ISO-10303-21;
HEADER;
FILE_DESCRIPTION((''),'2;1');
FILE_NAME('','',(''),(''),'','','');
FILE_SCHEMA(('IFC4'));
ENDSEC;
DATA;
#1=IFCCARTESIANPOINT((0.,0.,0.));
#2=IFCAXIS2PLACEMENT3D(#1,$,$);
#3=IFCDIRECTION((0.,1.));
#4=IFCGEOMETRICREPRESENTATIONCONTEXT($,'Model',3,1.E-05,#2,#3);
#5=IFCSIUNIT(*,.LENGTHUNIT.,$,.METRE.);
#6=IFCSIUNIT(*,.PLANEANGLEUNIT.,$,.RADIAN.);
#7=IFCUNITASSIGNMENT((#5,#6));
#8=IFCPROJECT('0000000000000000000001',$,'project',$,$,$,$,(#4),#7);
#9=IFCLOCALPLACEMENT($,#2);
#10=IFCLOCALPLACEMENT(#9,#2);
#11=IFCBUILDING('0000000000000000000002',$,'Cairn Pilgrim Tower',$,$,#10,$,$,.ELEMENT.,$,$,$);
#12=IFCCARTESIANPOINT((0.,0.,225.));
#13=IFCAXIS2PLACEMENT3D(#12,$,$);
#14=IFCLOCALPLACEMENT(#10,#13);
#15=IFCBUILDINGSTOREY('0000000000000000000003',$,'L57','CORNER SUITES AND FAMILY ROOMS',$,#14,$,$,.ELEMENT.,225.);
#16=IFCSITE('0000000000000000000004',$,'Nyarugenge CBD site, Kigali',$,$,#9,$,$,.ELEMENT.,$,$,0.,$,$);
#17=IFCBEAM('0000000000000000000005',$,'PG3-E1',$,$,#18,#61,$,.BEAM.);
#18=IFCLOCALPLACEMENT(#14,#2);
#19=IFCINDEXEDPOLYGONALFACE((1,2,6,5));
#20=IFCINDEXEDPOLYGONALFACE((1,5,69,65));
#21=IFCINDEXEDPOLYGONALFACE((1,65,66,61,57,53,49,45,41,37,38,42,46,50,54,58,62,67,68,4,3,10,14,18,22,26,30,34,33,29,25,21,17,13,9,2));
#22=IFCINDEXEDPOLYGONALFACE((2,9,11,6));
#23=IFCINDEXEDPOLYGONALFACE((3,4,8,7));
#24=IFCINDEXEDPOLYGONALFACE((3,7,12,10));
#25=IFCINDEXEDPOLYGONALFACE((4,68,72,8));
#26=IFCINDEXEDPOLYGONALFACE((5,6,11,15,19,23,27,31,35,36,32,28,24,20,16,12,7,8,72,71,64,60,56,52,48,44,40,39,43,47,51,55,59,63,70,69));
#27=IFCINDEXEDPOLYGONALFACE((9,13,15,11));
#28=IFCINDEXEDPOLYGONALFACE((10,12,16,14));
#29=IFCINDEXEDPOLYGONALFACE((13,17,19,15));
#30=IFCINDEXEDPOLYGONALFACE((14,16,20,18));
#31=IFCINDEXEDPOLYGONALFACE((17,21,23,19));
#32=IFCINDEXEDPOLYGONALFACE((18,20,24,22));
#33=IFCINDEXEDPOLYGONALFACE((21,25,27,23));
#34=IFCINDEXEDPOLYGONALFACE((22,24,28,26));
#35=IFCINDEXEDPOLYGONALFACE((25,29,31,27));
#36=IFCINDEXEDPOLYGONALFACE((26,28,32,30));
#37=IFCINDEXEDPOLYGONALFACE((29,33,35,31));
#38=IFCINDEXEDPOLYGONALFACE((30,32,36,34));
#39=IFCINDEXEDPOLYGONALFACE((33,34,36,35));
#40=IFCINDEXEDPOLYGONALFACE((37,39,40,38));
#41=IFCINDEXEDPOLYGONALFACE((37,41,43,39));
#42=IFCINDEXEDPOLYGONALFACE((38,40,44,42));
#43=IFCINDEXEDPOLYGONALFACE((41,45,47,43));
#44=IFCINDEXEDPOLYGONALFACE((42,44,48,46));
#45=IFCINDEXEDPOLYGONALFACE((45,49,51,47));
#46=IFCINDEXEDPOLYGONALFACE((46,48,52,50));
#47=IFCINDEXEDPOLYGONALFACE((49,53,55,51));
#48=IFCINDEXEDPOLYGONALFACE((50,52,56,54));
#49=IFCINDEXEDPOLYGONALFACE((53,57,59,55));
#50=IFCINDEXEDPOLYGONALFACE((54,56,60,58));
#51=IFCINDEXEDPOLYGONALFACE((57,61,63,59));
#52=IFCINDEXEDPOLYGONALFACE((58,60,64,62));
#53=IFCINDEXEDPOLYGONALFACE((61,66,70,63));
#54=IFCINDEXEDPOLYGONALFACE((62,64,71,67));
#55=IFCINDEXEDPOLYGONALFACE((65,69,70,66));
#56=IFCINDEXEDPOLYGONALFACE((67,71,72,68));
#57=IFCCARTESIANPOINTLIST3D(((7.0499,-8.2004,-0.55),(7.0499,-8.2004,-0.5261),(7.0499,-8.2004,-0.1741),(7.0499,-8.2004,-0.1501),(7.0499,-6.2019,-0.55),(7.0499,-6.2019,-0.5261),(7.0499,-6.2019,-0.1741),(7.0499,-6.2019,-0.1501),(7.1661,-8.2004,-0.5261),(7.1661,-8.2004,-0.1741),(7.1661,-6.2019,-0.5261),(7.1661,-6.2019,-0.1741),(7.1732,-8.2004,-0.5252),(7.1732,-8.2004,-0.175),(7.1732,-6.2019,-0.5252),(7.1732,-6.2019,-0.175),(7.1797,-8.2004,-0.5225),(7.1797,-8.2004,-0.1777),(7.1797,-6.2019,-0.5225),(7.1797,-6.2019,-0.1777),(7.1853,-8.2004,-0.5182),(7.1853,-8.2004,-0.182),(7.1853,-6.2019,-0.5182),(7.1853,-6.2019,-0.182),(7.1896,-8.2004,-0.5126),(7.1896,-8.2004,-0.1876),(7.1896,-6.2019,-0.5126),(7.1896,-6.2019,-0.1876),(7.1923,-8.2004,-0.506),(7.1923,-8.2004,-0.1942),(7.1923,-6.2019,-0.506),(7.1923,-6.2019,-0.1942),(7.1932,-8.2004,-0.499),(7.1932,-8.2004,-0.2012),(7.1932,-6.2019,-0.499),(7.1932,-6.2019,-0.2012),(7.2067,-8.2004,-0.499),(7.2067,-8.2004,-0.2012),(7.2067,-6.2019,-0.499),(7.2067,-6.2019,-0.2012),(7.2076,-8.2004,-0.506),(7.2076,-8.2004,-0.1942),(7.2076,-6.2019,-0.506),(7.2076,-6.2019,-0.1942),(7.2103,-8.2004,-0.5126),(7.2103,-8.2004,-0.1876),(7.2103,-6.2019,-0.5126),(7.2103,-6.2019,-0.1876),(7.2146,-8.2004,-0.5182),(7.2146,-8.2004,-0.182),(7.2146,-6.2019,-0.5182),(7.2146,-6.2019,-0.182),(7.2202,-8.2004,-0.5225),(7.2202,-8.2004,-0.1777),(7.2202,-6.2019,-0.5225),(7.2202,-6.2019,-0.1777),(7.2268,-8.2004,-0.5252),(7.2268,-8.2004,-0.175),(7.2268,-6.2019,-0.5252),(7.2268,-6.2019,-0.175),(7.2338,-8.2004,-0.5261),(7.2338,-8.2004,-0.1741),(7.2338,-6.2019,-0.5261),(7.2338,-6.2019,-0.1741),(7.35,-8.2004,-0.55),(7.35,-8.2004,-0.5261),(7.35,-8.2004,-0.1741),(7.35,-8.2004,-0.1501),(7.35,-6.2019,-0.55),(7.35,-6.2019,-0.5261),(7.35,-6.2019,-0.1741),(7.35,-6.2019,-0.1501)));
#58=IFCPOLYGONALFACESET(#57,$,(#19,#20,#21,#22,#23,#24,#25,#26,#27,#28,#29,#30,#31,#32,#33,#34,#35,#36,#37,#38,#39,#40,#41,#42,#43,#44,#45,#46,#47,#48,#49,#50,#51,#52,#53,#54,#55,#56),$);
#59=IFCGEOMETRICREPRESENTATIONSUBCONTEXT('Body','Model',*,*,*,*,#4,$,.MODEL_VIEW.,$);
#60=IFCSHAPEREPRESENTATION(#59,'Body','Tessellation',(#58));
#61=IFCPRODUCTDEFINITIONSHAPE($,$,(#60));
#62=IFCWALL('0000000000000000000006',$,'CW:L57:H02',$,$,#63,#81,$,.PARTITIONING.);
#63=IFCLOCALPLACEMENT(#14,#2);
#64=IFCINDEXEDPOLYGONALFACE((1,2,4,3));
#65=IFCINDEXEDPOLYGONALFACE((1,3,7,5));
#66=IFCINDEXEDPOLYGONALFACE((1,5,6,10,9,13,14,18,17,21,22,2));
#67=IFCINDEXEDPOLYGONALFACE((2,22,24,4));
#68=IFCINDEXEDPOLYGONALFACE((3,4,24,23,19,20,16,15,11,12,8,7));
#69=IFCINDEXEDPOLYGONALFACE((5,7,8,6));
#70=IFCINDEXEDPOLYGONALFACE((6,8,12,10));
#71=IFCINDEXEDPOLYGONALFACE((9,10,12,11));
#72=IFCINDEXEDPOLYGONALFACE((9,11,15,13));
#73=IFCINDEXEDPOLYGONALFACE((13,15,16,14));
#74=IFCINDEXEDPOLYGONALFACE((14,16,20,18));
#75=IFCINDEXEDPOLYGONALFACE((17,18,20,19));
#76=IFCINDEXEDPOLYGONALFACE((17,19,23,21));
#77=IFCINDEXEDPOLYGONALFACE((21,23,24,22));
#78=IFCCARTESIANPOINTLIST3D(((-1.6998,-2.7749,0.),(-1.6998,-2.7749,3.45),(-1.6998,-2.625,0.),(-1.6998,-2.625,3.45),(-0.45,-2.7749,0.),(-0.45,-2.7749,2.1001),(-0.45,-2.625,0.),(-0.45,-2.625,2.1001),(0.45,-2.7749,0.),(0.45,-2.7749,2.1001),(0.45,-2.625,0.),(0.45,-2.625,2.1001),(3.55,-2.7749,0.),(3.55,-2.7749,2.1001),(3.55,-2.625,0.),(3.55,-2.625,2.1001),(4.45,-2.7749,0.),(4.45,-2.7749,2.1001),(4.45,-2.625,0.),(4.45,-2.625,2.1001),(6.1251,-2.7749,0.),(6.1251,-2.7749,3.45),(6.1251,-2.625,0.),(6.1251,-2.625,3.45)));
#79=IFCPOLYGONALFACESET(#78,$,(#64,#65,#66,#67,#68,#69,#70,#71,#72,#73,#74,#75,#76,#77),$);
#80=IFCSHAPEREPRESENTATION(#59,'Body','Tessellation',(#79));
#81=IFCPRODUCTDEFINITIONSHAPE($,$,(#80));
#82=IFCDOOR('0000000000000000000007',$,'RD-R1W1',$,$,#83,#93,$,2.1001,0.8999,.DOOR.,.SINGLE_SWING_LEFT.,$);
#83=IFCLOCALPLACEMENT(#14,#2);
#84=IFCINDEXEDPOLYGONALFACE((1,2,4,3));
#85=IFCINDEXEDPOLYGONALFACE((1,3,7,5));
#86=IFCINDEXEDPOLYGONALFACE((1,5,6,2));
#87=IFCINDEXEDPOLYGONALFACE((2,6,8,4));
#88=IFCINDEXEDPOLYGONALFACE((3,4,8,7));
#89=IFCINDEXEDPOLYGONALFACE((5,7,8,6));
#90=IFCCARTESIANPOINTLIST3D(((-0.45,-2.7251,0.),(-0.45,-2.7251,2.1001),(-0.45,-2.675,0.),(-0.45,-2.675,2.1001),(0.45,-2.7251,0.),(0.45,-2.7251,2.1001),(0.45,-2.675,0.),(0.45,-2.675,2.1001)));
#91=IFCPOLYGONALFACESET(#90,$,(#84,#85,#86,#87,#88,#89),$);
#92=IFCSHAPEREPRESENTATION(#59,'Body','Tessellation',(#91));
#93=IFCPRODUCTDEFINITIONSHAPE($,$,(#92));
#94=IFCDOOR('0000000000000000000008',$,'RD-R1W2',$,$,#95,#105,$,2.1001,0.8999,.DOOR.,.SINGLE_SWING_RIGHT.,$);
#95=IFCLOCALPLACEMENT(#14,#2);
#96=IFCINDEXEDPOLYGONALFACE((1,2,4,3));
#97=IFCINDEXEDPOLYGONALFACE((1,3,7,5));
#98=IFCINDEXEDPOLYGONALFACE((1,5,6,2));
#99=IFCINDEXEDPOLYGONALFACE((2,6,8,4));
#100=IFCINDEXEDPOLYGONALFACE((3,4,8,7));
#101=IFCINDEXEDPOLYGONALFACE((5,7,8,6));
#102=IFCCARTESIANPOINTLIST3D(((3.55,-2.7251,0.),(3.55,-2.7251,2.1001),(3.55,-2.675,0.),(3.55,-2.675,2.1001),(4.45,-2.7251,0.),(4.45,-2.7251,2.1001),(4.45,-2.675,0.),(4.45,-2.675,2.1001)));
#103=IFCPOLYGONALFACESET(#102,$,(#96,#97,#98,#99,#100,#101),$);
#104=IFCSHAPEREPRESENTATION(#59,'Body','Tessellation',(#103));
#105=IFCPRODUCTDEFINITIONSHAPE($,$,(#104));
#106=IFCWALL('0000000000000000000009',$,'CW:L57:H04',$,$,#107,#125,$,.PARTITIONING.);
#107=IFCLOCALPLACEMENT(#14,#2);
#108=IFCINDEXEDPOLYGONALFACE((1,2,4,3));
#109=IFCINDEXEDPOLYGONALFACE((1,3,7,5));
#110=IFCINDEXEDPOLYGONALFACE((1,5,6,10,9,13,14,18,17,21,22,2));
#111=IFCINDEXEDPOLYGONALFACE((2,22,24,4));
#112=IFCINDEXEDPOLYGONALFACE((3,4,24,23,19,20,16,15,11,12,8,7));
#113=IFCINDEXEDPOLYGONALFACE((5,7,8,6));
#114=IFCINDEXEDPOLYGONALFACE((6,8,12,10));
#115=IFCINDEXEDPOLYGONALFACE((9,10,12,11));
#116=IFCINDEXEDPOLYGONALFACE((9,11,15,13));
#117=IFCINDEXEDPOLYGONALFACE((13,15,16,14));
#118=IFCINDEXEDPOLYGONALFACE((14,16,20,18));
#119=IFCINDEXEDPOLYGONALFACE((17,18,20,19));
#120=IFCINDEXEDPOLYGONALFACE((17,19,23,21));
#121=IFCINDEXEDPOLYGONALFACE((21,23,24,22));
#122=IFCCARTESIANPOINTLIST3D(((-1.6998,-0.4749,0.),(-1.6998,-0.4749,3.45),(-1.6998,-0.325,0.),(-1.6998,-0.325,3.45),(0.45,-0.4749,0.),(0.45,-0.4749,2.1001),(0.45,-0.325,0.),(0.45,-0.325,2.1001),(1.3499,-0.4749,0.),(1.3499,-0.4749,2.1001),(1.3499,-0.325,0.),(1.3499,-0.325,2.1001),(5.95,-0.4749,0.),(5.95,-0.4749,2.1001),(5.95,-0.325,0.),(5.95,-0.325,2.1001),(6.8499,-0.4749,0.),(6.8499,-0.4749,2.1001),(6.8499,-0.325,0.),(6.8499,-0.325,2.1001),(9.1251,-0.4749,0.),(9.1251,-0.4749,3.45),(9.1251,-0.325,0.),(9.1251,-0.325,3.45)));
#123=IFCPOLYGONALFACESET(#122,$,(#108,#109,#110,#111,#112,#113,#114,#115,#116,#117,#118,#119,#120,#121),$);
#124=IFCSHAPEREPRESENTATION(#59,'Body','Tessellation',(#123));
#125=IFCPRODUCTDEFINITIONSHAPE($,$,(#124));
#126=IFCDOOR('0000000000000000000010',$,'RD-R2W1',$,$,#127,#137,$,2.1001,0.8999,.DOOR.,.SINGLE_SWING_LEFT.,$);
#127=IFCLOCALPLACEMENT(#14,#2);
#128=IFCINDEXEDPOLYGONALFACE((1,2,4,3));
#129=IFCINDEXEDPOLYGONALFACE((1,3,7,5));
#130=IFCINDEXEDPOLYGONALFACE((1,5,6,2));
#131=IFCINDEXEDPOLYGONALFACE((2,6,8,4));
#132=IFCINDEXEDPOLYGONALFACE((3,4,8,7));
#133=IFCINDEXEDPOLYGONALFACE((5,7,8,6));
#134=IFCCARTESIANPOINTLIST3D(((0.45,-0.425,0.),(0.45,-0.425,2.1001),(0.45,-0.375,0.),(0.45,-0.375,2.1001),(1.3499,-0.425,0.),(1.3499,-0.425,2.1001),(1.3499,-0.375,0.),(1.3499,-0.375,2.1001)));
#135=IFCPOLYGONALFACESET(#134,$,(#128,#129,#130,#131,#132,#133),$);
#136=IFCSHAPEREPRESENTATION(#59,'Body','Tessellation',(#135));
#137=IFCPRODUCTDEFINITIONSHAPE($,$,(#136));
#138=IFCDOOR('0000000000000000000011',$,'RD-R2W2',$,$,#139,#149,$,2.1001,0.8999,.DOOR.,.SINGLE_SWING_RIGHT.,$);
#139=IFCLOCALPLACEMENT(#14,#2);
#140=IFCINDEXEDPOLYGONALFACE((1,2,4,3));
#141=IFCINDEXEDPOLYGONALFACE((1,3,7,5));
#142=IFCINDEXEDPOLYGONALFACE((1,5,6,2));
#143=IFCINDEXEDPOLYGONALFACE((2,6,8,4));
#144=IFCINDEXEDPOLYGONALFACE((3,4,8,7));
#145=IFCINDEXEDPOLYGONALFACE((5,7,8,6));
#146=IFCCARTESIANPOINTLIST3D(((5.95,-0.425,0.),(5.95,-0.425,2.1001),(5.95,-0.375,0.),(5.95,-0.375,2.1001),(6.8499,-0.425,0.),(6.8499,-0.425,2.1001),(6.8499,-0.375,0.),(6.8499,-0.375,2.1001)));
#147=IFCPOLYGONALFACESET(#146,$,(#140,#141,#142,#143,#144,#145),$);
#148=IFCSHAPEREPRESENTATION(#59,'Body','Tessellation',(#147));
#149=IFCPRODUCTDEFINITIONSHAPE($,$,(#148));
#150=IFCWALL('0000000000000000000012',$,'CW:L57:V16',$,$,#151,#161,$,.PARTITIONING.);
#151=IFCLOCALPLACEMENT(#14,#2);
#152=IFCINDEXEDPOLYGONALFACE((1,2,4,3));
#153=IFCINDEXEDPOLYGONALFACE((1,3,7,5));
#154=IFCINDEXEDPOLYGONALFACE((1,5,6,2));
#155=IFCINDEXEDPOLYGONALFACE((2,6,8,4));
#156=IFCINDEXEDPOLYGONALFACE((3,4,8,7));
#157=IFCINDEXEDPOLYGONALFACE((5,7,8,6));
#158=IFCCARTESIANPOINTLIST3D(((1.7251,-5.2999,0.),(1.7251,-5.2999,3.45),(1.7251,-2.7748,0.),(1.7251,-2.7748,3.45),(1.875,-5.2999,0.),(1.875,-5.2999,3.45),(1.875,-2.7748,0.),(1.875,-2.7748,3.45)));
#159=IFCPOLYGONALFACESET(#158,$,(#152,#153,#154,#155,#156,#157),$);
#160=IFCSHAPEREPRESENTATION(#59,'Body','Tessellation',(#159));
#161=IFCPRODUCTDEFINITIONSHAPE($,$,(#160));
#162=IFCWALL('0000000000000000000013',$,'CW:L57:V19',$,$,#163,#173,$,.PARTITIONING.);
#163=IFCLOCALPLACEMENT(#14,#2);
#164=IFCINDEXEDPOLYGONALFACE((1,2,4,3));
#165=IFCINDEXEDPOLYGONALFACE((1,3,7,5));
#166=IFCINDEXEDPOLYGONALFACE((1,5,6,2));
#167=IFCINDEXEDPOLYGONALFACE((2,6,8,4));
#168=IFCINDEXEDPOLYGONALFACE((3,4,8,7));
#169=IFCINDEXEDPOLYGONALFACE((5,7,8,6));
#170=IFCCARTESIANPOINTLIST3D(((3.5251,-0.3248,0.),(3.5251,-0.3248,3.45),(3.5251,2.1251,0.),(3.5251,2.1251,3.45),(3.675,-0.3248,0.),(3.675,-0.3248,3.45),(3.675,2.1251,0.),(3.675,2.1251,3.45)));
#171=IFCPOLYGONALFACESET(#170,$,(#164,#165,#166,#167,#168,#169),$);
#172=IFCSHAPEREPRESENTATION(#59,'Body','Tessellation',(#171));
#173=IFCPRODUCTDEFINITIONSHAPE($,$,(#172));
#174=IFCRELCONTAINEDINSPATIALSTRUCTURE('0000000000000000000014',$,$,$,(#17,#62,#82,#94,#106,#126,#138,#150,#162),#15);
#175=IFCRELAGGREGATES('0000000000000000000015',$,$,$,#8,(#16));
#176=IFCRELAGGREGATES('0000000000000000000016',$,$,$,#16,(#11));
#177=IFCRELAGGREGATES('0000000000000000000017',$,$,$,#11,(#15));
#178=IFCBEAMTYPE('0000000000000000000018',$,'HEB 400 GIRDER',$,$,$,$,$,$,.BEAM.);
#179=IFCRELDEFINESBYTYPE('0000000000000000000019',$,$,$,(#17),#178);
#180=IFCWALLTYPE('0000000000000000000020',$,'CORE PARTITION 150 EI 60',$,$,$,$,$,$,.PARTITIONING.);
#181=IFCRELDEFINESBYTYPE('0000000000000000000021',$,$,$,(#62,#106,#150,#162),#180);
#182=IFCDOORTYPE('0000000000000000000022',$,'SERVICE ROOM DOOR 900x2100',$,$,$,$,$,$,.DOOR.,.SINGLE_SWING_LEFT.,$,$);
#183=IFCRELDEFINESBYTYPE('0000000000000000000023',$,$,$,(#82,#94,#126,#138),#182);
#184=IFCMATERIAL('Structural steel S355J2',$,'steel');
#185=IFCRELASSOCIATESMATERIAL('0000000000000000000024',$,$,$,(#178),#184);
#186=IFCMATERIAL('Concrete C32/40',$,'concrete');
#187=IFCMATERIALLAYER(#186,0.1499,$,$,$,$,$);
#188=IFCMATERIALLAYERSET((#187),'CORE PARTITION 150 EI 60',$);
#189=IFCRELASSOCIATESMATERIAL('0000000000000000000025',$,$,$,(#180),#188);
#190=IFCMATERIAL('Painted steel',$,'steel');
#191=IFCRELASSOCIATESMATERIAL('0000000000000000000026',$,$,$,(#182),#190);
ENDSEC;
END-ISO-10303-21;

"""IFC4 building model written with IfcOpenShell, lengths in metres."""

from ifc_helpers import new_model, si_unit, direction, frame, frame_2d, origin, origin_2d, place, context, subcontext, project, spatial, rectangle, i_section, extrude, material, layer, layer_set, material_profile, profile_set, type_object, element, fill, save


model = new_model("IFC4")

# Units and contexts
model_context = context("Model", 3, precision=1e-05, world=origin(), true_north=direction((0.0, 1.0)))
body_context = subcontext(model_context, "Body", "Model", "MODEL_VIEW")
ifc_project = project(units=[si_unit("LENGTHUNIT", "METRE"), si_unit("PLANEANGLEUNIT", "RADIAN")], contexts=[model_context])

# Site, building, storey
site_placement = place(None, origin())
site = spatial("IfcSite", under=ifc_project, at=site_placement, Name="Nyarugenge CBD site, Kigali", CompositionType="ELEMENT", RefElevation=0.0)
building_placement = place(site_placement, origin())
building = spatial("IfcBuilding", under=site, at=building_placement, Name="Cairn Pilgrim Tower", CompositionType="ELEMENT")
storey_placement = place(building_placement, frame((0.0, 0.0, 225.0)))
storey = spatial("IfcBuildingStorey", under=building, at=storey_placement, Name="L57", Description="CORNER SUITES AND FAMILY ROOMS", CompositionType="ELEMENT", Elevation=225.0)

# Shared definitions
ifc_material_1 = material(Name="Structural steel S355J2", Category="steel")

# Beam
ifc_material_profile_1 = material_profile(ifc_material_1, i_section(OverallWidth=0.3, OverallDepth=0.3999, WebThickness=0.0134, FlangeThickness=0.0239, FilletRadius=0.0271, at=origin_2d()), Name="HEB 400")
ifc_profile_set_1 = profile_set([ifc_material_profile_1], Name="Structural steel S355J2")
beam_type = type_object("IfcBeamType", Name="HEB 400 GIRDER", PredefinedType="BEAM", material=ifc_profile_set_1)
beam_placement = place(storey_placement, frame((7.2, -8.2004, -0.3501), z_axis=(0.0, 1.0, 0.0), x_axis=(-1.0, 0.0, 0.0)))
element("IfcBeam", 1, at=beam_placement, inside=storey, type_object=beam_type, Name="PG3-E1", PredefinedType="BEAM", context=body_context, shape_type="SweptSolid", body=[
    extrude(i_section(OverallWidth=0.3, OverallDepth=0.3999, WebThickness=0.0134, FlangeThickness=0.0239, FilletRadius=0.0271, at=origin_2d()), origin(), (0.0, 0.0, 1.0), 1.9985),
])

# Walls, openings, doors
ifc_material_2 = material(Name="Concrete C32/40", Category="concrete")
ifc_layer_1 = layer(ifc_material_2, 0.1499)
ifc_layer_set_1 = layer_set([ifc_layer_1], Name="CORE PARTITION 150 EI 60")
wall_type_1 = type_object("IfcWallType", Name="CORE PARTITION 150 EI 60", PredefinedType="PARTITIONING", material=ifc_layer_set_1)
wall_1_placement = place(storey_placement, frame((-1.7, -2.7, 0.0), z_axis=(0.0, 0.0, 1.0), x_axis=(1.0, 0.0, 0.0)))
wall_1 = element("IfcWall", 2, at=wall_1_placement, inside=storey, type_object=wall_type_1, Name="CW:L57:H02", PredefinedType="PARTITIONING", context=body_context, shape_type="SweptSolid", body=[
    extrude(rectangle(XDim=7.825, YDim=0.1499, at=frame_2d((3.9126, 0.0))), origin(), (0.0, 0.0, 1.0), 3.45),
])
opening_1_placement = place(wall_1_placement, frame((1.25, 0.0, 0.0)))
opening_1 = element("IfcOpeningElement", 3, at=opening_1_placement, cuts=wall_1, PredefinedType="OPENING", context=body_context, shape_type="SweptSolid", body=[
    extrude(rectangle(XDim=0.8999, YDim=2.1001, at=frame_2d((0.45, 1.05))), frame((0.0, 0.085, 0.0), z_axis=(0.0, -1.0, 0.0), x_axis=(1.0, 0.0, 0.0)), (0.0, 0.0, 1.0), 0.1699),
])
opening_2_placement = place(wall_1_placement, frame((5.25, 0.0, 0.0)))
opening_2 = element("IfcOpeningElement", 4, at=opening_2_placement, cuts=wall_1, PredefinedType="OPENING", context=body_context, shape_type="SweptSolid", body=[
    extrude(rectangle(XDim=0.8999, YDim=2.1001, at=frame_2d((0.45, 1.05))), frame((0.0, 0.085, 0.0), z_axis=(0.0, -1.0, 0.0), x_axis=(1.0, 0.0, 0.0)), (0.0, 0.0, 1.0), 0.1699),
])
ifc_material_3 = material(Name="Painted steel", Category="steel")
door_type_1 = type_object("IfcDoorType", Name="SERVICE ROOM DOOR 900x2100", OperationType="SINGLE_SWING_LEFT", PredefinedType="DOOR", material=ifc_material_3)
door_1_placement = place(opening_1_placement, origin())
door_1 = element("IfcDoor", 5, at=door_1_placement, inside=storey, type_object=door_type_1, Name="RD-R1W1", OperationType="SINGLE_SWING_LEFT", OverallHeight=2.1001, OverallWidth=0.8999, PredefinedType="DOOR", context=body_context, shape_type="SweptSolid", body=[
    extrude(rectangle(XDim=0.8999, YDim=2.1001, at=frame_2d((0.45, 1.05))), frame((0.0, 0.0249, 0.0), z_axis=(0.0, -1.0, 0.0), x_axis=(1.0, 0.0, 0.0)), (0.0, 0.0, 1.0), 0.05),
])
fill(opening_1, door_1)
door_2_placement = place(opening_2_placement, origin())
door_2 = element("IfcDoor", 6, at=door_2_placement, inside=storey, type_object=door_type_1, Name="RD-R1W2", OperationType="SINGLE_SWING_RIGHT", OverallHeight=2.1001, OverallWidth=0.8999, PredefinedType="DOOR", context=body_context, shape_type="SweptSolid", body=[
    extrude(rectangle(XDim=0.8999, YDim=2.1001, at=frame_2d((0.45, 1.05))), frame((0.0, 0.0249, 0.0), z_axis=(0.0, -1.0, 0.0), x_axis=(1.0, 0.0, 0.0)), (0.0, 0.0, 1.0), 0.05),
])
fill(opening_2, door_2)
wall_2_placement = place(storey_placement, frame((-1.7, -0.3999, 0.0), z_axis=(0.0, 0.0, 1.0), x_axis=(1.0, 0.0, 0.0)))
wall_2 = element("IfcWall", 7, at=wall_2_placement, inside=storey, type_object=wall_type_1, Name="CW:L57:H04", PredefinedType="PARTITIONING", context=body_context, shape_type="SweptSolid", body=[
    extrude(rectangle(XDim=10.825, YDim=0.1499, at=frame_2d((5.4126, 0.0))), origin(), (0.0, 0.0, 1.0), 3.45),
])
opening_3_placement = place(wall_2_placement, frame((2.1499, 0.0, 0.0)))
opening_3 = element("IfcOpeningElement", 8, at=opening_3_placement, cuts=wall_2, PredefinedType="OPENING", context=body_context, shape_type="SweptSolid", body=[
    extrude(rectangle(XDim=0.8999, YDim=2.1001, at=frame_2d((0.45, 1.05))), frame((0.0, 0.085, 0.0), z_axis=(0.0, -1.0, 0.0), x_axis=(1.0, 0.0, 0.0)), (0.0, 0.0, 1.0), 0.1699),
])
opening_4_placement = place(wall_2_placement, frame((7.6499, 0.0, 0.0)))
opening_4 = element("IfcOpeningElement", 9, at=opening_4_placement, cuts=wall_2, PredefinedType="OPENING", context=body_context, shape_type="SweptSolid", body=[
    extrude(rectangle(XDim=0.8999, YDim=2.1001, at=frame_2d((0.45, 1.05))), frame((0.0, 0.085, 0.0), z_axis=(0.0, -1.0, 0.0), x_axis=(1.0, 0.0, 0.0)), (0.0, 0.0, 1.0), 0.1699),
])
door_3_placement = place(opening_3_placement, origin())
door_3 = element("IfcDoor", 10, at=door_3_placement, inside=storey, type_object=door_type_1, Name="RD-R2W1", OperationType="SINGLE_SWING_LEFT", OverallHeight=2.1001, OverallWidth=0.8999, PredefinedType="DOOR", context=body_context, shape_type="SweptSolid", body=[
    extrude(rectangle(XDim=0.8999, YDim=2.1001, at=frame_2d((0.45, 1.05))), frame((0.0, 0.0249, 0.0), z_axis=(0.0, -1.0, 0.0), x_axis=(1.0, 0.0, 0.0)), (0.0, 0.0, 1.0), 0.05),
])
fill(opening_3, door_3)
door_4_placement = place(opening_4_placement, origin())
door_4 = element("IfcDoor", 11, at=door_4_placement, inside=storey, type_object=door_type_1, Name="RD-R2W2", OperationType="SINGLE_SWING_RIGHT", OverallHeight=2.1001, OverallWidth=0.8999, PredefinedType="DOOR", context=body_context, shape_type="SweptSolid", body=[
    extrude(rectangle(XDim=0.8999, YDim=2.1001, at=frame_2d((0.45, 1.05))), frame((0.0, 0.0249, 0.0), z_axis=(0.0, -1.0, 0.0), x_axis=(1.0, 0.0, 0.0)), (0.0, 0.0, 1.0), 0.05),
])
fill(opening_4, door_4)

# Walls
wall_3_placement = place(storey_placement, frame((1.8, -5.3, 0.0), z_axis=(0.0, 0.0, 1.0), x_axis=(0.0, 1.0, 0.0)))
element("IfcWall", 12, at=wall_3_placement, inside=storey, type_object=wall_type_1, Name="CW:L57:V16", PredefinedType="PARTITIONING", context=body_context, shape_type="SweptSolid", body=[
    extrude(rectangle(XDim=2.5251, YDim=0.1499, at=frame_2d((1.2627, 0.0))), origin(), (0.0, 0.0, 1.0), 3.45),
])
wall_4_placement = place(storey_placement, frame((3.6001, -0.325, 0.0), z_axis=(0.0, 0.0, 1.0), x_axis=(0.0, 1.0, 0.0)))
element("IfcWall", 13, at=wall_4_placement, inside=storey, type_object=wall_type_1, Name="CW:L57:V19", PredefinedType="PARTITIONING", context=body_context, shape_type="SweptSolid", body=[
    extrude(rectangle(XDim=2.45, YDim=0.1499, at=frame_2d((1.2251, 0.0))), origin(), (0.0, 0.0, 1.0), 3.45),
])

save(model, "model.ifc")
